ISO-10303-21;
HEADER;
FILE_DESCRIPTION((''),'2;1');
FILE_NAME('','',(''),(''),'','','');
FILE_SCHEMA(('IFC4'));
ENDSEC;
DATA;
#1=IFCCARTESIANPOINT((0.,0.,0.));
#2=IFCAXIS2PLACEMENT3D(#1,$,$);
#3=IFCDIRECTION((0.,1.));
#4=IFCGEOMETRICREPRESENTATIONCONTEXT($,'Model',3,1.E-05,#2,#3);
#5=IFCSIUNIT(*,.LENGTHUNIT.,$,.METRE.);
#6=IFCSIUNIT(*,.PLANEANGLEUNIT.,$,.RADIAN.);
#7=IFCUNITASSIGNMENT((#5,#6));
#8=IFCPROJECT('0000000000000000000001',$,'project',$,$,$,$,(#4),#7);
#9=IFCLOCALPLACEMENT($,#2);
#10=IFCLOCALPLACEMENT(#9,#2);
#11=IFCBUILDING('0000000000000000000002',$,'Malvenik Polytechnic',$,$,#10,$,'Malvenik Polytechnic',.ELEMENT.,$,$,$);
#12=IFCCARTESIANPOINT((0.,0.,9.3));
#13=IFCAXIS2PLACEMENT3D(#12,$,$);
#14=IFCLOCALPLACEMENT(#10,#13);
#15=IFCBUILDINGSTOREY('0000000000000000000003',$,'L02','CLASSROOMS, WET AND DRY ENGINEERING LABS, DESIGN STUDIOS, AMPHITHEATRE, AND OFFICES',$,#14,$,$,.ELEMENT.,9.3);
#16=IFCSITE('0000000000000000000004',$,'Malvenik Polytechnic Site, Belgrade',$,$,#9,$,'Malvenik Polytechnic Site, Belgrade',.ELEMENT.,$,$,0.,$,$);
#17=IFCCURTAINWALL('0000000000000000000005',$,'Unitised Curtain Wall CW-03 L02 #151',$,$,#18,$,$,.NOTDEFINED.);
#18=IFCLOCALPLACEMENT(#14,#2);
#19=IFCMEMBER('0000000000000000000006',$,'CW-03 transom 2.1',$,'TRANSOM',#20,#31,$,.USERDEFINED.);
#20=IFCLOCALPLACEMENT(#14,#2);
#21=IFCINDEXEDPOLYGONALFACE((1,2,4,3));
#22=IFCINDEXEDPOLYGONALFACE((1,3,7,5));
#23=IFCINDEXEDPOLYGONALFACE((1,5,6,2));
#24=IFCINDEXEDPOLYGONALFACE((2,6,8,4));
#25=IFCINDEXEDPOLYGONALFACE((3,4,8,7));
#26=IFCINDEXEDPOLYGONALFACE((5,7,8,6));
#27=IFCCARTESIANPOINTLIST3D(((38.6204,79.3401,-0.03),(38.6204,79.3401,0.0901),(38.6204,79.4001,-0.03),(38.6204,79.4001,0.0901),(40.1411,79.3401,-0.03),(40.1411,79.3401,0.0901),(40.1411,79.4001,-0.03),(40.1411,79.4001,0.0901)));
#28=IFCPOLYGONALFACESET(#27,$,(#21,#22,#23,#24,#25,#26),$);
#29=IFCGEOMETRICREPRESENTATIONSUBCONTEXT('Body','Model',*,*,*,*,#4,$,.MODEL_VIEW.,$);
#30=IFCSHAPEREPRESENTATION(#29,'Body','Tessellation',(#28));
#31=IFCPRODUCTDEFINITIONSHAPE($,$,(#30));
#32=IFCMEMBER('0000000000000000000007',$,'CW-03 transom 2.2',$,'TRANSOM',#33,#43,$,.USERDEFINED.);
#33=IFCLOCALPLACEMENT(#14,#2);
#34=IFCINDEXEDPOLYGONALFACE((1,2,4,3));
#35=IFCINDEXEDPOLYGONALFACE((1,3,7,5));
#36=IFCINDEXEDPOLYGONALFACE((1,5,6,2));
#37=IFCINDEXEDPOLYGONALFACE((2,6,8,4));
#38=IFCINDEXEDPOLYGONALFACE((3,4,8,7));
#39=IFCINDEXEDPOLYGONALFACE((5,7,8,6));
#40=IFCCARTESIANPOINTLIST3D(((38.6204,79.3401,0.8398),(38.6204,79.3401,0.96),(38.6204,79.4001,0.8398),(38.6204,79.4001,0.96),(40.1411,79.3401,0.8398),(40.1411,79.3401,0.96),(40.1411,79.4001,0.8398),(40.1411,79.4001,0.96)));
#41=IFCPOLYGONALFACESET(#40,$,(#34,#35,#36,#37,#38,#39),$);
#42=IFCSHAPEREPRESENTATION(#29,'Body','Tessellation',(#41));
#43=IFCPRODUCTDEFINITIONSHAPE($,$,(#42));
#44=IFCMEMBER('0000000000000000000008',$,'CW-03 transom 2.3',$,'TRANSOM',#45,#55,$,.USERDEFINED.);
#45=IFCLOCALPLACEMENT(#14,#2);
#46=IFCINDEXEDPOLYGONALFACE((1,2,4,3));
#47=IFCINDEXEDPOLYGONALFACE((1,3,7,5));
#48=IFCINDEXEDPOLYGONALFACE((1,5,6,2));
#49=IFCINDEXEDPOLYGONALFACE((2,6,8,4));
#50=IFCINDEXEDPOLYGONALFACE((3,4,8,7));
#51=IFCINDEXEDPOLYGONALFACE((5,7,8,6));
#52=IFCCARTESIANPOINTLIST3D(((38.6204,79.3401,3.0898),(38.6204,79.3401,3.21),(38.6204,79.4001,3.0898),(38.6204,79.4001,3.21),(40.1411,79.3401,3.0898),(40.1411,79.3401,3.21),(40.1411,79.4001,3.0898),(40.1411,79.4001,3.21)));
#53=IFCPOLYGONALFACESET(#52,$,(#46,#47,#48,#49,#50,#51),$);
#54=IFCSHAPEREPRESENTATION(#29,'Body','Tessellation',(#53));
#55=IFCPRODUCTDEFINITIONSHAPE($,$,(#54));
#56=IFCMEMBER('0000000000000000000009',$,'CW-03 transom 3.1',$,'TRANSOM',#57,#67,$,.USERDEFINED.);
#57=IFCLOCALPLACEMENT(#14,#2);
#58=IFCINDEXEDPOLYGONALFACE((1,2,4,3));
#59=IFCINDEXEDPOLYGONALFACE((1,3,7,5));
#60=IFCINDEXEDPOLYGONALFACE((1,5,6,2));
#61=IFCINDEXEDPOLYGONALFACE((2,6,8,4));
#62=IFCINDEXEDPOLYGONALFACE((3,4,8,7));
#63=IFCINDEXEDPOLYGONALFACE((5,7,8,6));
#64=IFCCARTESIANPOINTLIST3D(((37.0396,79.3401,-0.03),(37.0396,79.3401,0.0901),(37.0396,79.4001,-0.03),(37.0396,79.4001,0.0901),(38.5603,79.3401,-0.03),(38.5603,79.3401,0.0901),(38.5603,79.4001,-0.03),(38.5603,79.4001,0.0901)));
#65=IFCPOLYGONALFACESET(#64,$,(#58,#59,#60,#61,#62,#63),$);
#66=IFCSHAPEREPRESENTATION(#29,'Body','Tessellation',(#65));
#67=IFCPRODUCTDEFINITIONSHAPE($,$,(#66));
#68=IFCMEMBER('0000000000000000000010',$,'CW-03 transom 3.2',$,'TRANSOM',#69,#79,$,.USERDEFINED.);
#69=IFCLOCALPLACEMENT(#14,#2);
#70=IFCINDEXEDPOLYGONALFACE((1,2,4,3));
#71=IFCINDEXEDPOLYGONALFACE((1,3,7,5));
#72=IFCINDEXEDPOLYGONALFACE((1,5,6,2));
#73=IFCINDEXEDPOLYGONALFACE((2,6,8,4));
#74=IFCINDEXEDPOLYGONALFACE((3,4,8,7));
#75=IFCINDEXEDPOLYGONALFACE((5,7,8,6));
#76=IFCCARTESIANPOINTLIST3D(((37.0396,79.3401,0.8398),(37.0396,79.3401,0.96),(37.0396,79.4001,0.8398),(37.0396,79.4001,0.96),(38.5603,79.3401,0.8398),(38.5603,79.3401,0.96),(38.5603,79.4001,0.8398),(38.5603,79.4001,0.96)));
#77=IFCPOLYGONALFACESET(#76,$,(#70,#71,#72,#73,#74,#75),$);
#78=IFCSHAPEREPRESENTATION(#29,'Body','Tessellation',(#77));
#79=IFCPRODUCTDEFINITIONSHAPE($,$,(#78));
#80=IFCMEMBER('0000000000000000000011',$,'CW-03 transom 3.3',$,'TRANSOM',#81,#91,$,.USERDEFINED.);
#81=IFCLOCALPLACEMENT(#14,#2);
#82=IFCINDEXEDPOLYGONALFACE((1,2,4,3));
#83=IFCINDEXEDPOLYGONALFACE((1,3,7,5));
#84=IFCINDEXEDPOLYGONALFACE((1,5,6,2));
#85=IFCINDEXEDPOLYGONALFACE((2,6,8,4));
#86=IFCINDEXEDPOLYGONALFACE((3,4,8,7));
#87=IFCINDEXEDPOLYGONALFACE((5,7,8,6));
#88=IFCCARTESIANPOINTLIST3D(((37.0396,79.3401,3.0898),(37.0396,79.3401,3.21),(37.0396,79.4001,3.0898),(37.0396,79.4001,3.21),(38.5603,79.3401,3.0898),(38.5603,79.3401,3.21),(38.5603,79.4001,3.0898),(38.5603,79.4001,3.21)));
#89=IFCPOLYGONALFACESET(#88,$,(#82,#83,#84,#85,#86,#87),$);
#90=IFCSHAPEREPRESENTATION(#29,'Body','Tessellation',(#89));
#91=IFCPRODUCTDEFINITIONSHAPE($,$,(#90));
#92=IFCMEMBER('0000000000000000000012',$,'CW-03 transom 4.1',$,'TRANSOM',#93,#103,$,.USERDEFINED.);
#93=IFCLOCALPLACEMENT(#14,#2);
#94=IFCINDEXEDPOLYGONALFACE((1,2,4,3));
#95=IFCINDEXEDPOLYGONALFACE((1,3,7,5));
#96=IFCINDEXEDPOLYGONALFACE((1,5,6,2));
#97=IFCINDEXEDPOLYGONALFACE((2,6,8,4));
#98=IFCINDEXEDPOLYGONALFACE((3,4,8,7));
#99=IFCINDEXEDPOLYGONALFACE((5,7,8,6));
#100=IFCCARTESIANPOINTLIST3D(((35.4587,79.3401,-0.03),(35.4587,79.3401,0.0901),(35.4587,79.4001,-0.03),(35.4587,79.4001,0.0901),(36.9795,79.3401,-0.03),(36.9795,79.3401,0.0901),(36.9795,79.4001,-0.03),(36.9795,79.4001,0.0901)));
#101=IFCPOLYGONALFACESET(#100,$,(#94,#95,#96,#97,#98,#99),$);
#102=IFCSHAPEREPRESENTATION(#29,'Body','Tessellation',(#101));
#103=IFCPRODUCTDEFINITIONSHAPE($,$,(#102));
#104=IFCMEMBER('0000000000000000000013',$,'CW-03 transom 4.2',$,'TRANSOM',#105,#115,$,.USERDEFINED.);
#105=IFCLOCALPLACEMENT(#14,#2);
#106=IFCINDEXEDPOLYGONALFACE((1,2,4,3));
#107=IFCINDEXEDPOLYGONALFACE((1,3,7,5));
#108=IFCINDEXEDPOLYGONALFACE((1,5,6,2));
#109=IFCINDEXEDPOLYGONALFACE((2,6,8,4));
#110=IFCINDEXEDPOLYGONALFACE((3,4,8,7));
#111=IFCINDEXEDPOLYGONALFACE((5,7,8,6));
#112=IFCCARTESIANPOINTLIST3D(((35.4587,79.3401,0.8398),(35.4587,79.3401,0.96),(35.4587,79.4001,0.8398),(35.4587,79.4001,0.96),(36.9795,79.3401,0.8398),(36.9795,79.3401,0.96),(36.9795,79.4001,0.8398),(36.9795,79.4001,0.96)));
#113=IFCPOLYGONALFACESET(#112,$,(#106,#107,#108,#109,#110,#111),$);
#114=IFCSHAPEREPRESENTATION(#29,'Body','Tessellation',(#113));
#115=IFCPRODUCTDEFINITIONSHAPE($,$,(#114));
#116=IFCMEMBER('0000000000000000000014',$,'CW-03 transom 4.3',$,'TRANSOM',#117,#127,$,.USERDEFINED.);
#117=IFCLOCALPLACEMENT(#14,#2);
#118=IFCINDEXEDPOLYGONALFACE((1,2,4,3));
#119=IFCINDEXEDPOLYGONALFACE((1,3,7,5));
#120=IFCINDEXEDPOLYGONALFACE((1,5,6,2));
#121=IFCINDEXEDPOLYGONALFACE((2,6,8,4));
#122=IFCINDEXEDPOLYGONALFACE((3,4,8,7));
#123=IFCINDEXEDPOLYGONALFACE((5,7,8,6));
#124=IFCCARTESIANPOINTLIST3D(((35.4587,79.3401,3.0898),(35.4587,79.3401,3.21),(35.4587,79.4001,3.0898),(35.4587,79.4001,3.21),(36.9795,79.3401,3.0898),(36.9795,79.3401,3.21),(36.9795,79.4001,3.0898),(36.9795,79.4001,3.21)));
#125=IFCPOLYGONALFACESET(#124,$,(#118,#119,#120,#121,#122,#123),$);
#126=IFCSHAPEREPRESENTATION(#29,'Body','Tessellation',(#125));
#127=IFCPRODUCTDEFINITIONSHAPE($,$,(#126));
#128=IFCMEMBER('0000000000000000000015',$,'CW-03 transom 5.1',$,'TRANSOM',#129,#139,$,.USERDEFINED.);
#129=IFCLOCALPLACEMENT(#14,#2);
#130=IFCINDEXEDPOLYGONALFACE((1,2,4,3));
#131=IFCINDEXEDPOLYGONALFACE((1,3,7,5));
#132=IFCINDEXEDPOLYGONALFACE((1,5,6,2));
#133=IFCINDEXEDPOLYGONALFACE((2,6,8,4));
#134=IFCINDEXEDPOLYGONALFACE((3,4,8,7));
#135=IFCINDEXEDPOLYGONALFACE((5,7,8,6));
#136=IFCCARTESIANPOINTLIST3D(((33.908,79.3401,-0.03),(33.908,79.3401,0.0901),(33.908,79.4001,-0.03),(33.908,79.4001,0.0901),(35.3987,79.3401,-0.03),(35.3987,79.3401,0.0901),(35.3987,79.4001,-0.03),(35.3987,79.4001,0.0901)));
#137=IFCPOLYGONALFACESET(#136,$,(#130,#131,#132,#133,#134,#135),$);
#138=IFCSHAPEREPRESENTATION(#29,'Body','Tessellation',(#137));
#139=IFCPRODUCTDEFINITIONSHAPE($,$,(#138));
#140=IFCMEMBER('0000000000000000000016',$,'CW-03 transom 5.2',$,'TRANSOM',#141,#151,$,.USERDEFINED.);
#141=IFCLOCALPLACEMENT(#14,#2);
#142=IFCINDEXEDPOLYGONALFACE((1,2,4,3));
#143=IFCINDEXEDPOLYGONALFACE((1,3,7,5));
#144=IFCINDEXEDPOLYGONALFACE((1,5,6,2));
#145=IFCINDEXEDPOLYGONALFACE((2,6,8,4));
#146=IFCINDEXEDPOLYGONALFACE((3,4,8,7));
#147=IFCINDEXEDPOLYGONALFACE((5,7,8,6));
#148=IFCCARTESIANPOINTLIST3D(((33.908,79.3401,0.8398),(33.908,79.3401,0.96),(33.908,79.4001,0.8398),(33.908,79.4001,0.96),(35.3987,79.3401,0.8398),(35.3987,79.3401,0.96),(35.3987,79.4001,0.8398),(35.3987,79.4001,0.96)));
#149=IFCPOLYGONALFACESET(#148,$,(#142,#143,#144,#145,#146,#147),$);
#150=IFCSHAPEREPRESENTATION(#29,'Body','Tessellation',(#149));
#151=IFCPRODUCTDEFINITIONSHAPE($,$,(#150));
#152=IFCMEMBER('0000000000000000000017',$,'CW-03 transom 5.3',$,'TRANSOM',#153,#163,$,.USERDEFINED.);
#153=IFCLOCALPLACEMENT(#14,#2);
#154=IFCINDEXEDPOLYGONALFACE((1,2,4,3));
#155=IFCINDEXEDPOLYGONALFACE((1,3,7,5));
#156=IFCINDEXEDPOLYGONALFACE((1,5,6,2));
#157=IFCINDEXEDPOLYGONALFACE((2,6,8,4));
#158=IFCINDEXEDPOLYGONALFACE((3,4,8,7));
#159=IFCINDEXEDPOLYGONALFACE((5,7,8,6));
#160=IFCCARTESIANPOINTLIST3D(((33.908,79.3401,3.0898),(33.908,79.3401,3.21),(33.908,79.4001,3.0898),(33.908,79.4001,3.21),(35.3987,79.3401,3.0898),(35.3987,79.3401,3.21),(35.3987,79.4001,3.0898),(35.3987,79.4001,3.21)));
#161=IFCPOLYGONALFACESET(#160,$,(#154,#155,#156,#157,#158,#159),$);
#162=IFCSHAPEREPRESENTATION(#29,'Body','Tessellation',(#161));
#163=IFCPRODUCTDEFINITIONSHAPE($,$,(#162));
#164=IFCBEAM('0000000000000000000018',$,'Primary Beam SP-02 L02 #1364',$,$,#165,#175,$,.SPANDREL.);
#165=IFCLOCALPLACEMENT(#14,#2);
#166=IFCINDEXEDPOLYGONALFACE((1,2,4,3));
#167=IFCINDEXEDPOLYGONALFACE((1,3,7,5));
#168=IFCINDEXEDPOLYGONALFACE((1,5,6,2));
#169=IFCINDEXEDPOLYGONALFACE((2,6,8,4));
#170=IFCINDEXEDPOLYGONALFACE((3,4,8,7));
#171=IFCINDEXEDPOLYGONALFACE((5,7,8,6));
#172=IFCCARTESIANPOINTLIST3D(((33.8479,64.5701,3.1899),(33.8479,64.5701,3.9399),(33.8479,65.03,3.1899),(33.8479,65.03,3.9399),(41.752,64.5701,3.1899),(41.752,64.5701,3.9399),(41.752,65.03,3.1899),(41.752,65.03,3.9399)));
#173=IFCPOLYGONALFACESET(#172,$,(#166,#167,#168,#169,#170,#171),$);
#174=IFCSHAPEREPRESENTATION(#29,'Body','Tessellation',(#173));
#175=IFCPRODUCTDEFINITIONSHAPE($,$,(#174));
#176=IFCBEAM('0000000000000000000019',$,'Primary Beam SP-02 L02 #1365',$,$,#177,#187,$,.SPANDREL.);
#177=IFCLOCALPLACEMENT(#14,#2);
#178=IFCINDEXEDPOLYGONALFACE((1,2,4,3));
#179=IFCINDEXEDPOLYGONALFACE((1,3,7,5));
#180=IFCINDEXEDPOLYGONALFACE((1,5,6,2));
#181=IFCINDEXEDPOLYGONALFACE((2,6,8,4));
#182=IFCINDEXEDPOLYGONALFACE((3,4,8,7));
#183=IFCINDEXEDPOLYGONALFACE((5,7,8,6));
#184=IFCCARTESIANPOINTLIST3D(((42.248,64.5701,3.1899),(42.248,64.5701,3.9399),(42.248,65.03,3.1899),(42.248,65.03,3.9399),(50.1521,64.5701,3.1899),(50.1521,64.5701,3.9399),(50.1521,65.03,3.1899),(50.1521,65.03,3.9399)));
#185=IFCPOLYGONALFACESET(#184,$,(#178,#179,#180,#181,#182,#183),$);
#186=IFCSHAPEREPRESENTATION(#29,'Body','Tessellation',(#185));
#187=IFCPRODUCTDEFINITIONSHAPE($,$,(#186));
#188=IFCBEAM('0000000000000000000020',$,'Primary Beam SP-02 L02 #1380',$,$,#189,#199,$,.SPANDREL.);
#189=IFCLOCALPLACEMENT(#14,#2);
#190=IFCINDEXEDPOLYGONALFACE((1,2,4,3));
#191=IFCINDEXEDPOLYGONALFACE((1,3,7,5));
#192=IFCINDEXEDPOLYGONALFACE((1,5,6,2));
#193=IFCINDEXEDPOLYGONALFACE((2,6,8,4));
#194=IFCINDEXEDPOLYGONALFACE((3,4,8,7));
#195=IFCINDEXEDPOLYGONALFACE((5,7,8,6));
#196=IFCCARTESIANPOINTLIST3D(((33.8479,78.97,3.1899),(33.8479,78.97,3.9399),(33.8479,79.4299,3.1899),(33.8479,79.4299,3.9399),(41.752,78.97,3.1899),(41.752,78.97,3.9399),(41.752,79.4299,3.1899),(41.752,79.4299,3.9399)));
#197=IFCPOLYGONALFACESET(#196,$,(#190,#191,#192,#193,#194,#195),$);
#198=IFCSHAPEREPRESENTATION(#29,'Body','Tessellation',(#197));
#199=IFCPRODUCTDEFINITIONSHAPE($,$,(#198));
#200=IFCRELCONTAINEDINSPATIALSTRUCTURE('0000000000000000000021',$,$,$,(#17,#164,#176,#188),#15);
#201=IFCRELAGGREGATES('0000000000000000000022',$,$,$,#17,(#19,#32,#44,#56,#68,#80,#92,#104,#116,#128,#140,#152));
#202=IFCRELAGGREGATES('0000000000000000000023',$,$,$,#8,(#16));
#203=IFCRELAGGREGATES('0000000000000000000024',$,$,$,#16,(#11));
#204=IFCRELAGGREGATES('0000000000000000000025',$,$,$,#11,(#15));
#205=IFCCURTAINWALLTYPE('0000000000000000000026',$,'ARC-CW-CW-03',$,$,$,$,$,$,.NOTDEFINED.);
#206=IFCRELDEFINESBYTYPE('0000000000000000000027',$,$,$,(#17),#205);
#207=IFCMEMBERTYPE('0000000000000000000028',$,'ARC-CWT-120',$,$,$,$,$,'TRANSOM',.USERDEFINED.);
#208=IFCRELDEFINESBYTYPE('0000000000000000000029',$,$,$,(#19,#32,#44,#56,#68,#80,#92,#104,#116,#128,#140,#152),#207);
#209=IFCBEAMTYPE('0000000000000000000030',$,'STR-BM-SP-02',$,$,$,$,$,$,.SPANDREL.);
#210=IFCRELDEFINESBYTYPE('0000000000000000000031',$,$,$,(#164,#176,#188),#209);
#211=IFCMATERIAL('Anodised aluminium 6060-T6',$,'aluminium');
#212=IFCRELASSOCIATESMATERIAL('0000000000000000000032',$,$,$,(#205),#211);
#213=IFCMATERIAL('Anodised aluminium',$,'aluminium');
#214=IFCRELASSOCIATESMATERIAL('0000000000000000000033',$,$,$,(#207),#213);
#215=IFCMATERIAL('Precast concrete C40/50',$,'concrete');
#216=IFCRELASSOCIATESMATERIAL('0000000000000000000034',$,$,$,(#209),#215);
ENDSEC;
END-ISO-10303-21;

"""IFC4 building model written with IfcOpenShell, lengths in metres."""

from ifc_helpers import new_model, si_unit, direction, frame, origin, origin_2d, place, context, subcontext, project, spatial, rectangle, extrude, material, material_profile, profile_set, type_object, element, aggregate, save


model = new_model("IFC4")

# Units and contexts
model_context = context("Model", 3, precision=1e-05, world=origin(), true_north=direction((0.0, 1.0)))
body_context = subcontext(model_context, "Body", "Model", "MODEL_VIEW")
ifc_project = project(units=[si_unit("LENGTHUNIT", "METRE"), si_unit("PLANEANGLEUNIT", "RADIAN")], contexts=[model_context])

# Site, building, storey
site_placement = place(None, origin())
site = spatial("IfcSite", under=ifc_project, at=site_placement, Name="Malvenik Polytechnic Site, Belgrade", LongName="Malvenik Polytechnic Site, Belgrade", CompositionType="ELEMENT", RefElevation=0.0)
building_placement = place(site_placement, origin())
building = spatial("IfcBuilding", under=site, at=building_placement, Name="Malvenik Polytechnic", LongName="Malvenik Polytechnic", CompositionType="ELEMENT")
storey_placement = place(building_placement, frame((0.0, 0.0, 9.3)))
storey = spatial("IfcBuildingStorey", under=building, at=storey_placement, Name="L02", Description="CLASSROOMS, WET AND DRY ENGINEERING LABS, DESIGN STUDIOS, AMPHITHEATRE, AND OFFICES", CompositionType="ELEMENT", Elevation=9.3)

# Curtain wall, members
ifc_material_1 = material(Name="Anodised aluminium 6060-T6", Category="aluminium")
curtain_wall_type = type_object("IfcCurtainWallType", Name="ARC-CW-CW-03", PredefinedType="NOTDEFINED", material=ifc_material_1)
curtain_wall_placement = place(storey_placement, origin())
curtain_wall = element("IfcCurtainWall", 1, at=curtain_wall_placement, inside=storey, type_object=curtain_wall_type, Name="Unitised Curtain Wall CW-03 L02 #151", PredefinedType="NOTDEFINED")
ifc_material_2 = material(Name="Anodised aluminium", Category="aluminium")
ifc_material_profile_1 = material_profile(ifc_material_2, rectangle(XDim=0.0601, YDim=0.1201, at=origin_2d()), Name="ALU TRANSOM 60x120")
ifc_profile_set_1 = profile_set([ifc_material_profile_1], Name="Anodised aluminium")
member_type_1 = type_object("IfcMemberType", Name="ARC-CWT-120", ElementType="TRANSOM", PredefinedType="USERDEFINED", material=ifc_profile_set_1)
member_1_placement = place(storey_placement, frame((40.1411, 79.3701, 0.03), z_axis=(-1.0, 0.0, 0.0), x_axis=(0.0, -1.0, 0.0)))
member_1 = element("IfcMember", 2, at=member_1_placement, type_object=member_type_1, Name="CW-03 transom 2.1", ObjectType="TRANSOM", PredefinedType="USERDEFINED", context=body_context, shape_type="SweptSolid", body=[
    extrude(rectangle(XDim=0.0601, YDim=0.1201, at=origin_2d()), origin(), (0.0, 0.0, 1.0), 1.5208),
])
member_2_placement = place(storey_placement, frame((40.1411, 79.3701, 0.8999), z_axis=(-1.0, 0.0, 0.0), x_axis=(0.0, -1.0, 0.0)))
member_2 = element("IfcMember", 3, at=member_2_placement, type_object=member_type_1, Name="CW-03 transom 2.2", ObjectType="TRANSOM", PredefinedType="USERDEFINED", context=body_context, shape_type="SweptSolid", body=[
    extrude(rectangle(XDim=0.0601, YDim=0.1201, at=origin_2d()), origin(), (0.0, 0.0, 1.0), 1.5208),
])
member_3_placement = place(storey_placement, frame((40.1411, 79.3701, 3.1499), z_axis=(-1.0, 0.0, 0.0), x_axis=(0.0, -1.0, 0.0)))
member_3 = element("IfcMember", 4, at=member_3_placement, type_object=member_type_1, Name="CW-03 transom 2.3", ObjectType="TRANSOM", PredefinedType="USERDEFINED", context=body_context, shape_type="SweptSolid", body=[
    extrude(rectangle(XDim=0.0601, YDim=0.1201, at=origin_2d()), origin(), (0.0, 0.0, 1.0), 1.5208),
])
member_4_placement = place(storey_placement, frame((38.5603, 79.3701, 0.03), z_axis=(-1.0, 0.0, 0.0), x_axis=(0.0, -1.0, 0.0)))
member_4 = element("IfcMember", 5, at=member_4_placement, type_object=member_type_1, Name="CW-03 transom 3.1", ObjectType="TRANSOM", PredefinedType="USERDEFINED", context=body_context, shape_type="SweptSolid", body=[
    extrude(rectangle(XDim=0.0601, YDim=0.1201, at=origin_2d()), origin(), (0.0, 0.0, 1.0), 1.5208),
])
member_5_placement = place(storey_placement, frame((38.5603, 79.3701, 0.8999), z_axis=(-1.0, 0.0, 0.0), x_axis=(0.0, -1.0, 0.0)))
member_5 = element("IfcMember", 6, at=member_5_placement, type_object=member_type_1, Name="CW-03 transom 3.2", ObjectType="TRANSOM", PredefinedType="USERDEFINED", context=body_context, shape_type="SweptSolid", body=[
    extrude(rectangle(XDim=0.0601, YDim=0.1201, at=origin_2d()), origin(), (0.0, 0.0, 1.0), 1.5208),
])
member_6_placement = place(storey_placement, frame((38.5603, 79.3701, 3.1499), z_axis=(-1.0, 0.0, 0.0), x_axis=(0.0, -1.0, 0.0)))
member_6 = element("IfcMember", 7, at=member_6_placement, type_object=member_type_1, Name="CW-03 transom 3.3", ObjectType="TRANSOM", PredefinedType="USERDEFINED", context=body_context, shape_type="SweptSolid", body=[
    extrude(rectangle(XDim=0.0601, YDim=0.1201, at=origin_2d()), origin(), (0.0, 0.0, 1.0), 1.5208),
])
member_7_placement = place(storey_placement, frame((36.9795, 79.3701, 0.03), z_axis=(-1.0, 0.0, 0.0), x_axis=(0.0, -1.0, 0.0)))
member_7 = element("IfcMember", 8, at=member_7_placement, type_object=member_type_1, Name="CW-03 transom 4.1", ObjectType="TRANSOM", PredefinedType="USERDEFINED", context=body_context, shape_type="SweptSolid", body=[
    extrude(rectangle(XDim=0.0601, YDim=0.1201, at=origin_2d()), origin(), (0.0, 0.0, 1.0), 1.5208),
])
member_8_placement = place(storey_placement, frame((36.9795, 79.3701, 0.8999), z_axis=(-1.0, 0.0, 0.0), x_axis=(0.0, -1.0, 0.0)))
member_8 = element("IfcMember", 9, at=member_8_placement, type_object=member_type_1, Name="CW-03 transom 4.2", ObjectType="TRANSOM", PredefinedType="USERDEFINED", context=body_context, shape_type="SweptSolid", body=[
    extrude(rectangle(XDim=0.0601, YDim=0.1201, at=origin_2d()), origin(), (0.0, 0.0, 1.0), 1.5208),
])
member_9_placement = place(storey_placement, frame((36.9795, 79.3701, 3.1499), z_axis=(-1.0, 0.0, 0.0), x_axis=(0.0, -1.0, 0.0)))
member_9 = element("IfcMember", 10, at=member_9_placement, type_object=member_type_1, Name="CW-03 transom 4.3", ObjectType="TRANSOM", PredefinedType="USERDEFINED", context=body_context, shape_type="SweptSolid", body=[
    extrude(rectangle(XDim=0.0601, YDim=0.1201, at=origin_2d()), origin(), (0.0, 0.0, 1.0), 1.5208),
])
member_10_placement = place(storey_placement, frame((35.3987, 79.3701, 0.03), z_axis=(-1.0, 0.0, 0.0), x_axis=(0.0, -1.0, 0.0)))
member_10 = element("IfcMember", 11, at=member_10_placement, type_object=member_type_1, Name="CW-03 transom 5.1", ObjectType="TRANSOM", PredefinedType="USERDEFINED", context=body_context, shape_type="SweptSolid", body=[
    extrude(rectangle(XDim=0.0601, YDim=0.1201, at=origin_2d()), origin(), (0.0, 0.0, 1.0), 1.4907),
])
member_11_placement = place(storey_placement, frame((35.3987, 79.3701, 0.8999), z_axis=(-1.0, 0.0, 0.0), x_axis=(0.0, -1.0, 0.0)))
member_11 = element("IfcMember", 12, at=member_11_placement, type_object=member_type_1, Name="CW-03 transom 5.2", ObjectType="TRANSOM", PredefinedType="USERDEFINED", context=body_context, shape_type="SweptSolid", body=[
    extrude(rectangle(XDim=0.0601, YDim=0.1201, at=origin_2d()), origin(), (0.0, 0.0, 1.0), 1.4907),
])
member_12_placement = place(storey_placement, frame((35.3987, 79.3701, 3.1499), z_axis=(-1.0, 0.0, 0.0), x_axis=(0.0, -1.0, 0.0)))
member_12 = element("IfcMember", 13, at=member_12_placement, type_object=member_type_1, Name="CW-03 transom 5.3", ObjectType="TRANSOM", PredefinedType="USERDEFINED", context=body_context, shape_type="SweptSolid", body=[
    extrude(rectangle(XDim=0.0601, YDim=0.1201, at=origin_2d()), origin(), (0.0, 0.0, 1.0), 1.4907),
])

# Beams
ifc_material_3 = material(Name="Precast concrete C40/50", Category="concrete")
ifc_material_profile_2 = material_profile(ifc_material_3, rectangle(XDim=0.46, YDim=0.75, at=origin_2d()), Name="PC SPN 460x750")
ifc_profile_set_2 = profile_set([ifc_material_profile_2], Name="Precast concrete C40/50")
beam_type = type_object("IfcBeamType", Name="STR-BM-SP-02", PredefinedType="SPANDREL", material=ifc_profile_set_2)
for number, where, z_axis, x_axis, name in (
    (14, (33.8479, 64.8, 3.5649), (1.0, 0.0, 0.0), (0.0, 1.0, 0.0), "Primary Beam SP-02 L02 #1364"),
    (15, (42.248, 64.8, 3.5649), (1.0, 0.0, 0.0), (0.0, 1.0, 0.0), "Primary Beam SP-02 L02 #1365"),
    (16, (33.8479, 79.2, 3.5649), (1.0, 0.0, 0.0), (0.0, 1.0, 0.0), "Primary Beam SP-02 L02 #1380"),
):
    element("IfcBeam", number, at=place(storey_placement, frame(where, z_axis=z_axis, x_axis=x_axis)), inside=storey, type_object=beam_type, Name=name, PredefinedType="SPANDREL", context=body_context, shape_type="SweptSolid", body=[
        extrude(rectangle(XDim=0.46, YDim=0.75, at=origin_2d()), origin(), (0.0, 0.0, 1.0), 7.9041),
    ])

aggregate(curtain_wall, [member_1, member_2, member_3, member_4, member_5, member_6, member_7, member_8, member_9, member_10, member_11, member_12])

save(model, "model.ifc")
